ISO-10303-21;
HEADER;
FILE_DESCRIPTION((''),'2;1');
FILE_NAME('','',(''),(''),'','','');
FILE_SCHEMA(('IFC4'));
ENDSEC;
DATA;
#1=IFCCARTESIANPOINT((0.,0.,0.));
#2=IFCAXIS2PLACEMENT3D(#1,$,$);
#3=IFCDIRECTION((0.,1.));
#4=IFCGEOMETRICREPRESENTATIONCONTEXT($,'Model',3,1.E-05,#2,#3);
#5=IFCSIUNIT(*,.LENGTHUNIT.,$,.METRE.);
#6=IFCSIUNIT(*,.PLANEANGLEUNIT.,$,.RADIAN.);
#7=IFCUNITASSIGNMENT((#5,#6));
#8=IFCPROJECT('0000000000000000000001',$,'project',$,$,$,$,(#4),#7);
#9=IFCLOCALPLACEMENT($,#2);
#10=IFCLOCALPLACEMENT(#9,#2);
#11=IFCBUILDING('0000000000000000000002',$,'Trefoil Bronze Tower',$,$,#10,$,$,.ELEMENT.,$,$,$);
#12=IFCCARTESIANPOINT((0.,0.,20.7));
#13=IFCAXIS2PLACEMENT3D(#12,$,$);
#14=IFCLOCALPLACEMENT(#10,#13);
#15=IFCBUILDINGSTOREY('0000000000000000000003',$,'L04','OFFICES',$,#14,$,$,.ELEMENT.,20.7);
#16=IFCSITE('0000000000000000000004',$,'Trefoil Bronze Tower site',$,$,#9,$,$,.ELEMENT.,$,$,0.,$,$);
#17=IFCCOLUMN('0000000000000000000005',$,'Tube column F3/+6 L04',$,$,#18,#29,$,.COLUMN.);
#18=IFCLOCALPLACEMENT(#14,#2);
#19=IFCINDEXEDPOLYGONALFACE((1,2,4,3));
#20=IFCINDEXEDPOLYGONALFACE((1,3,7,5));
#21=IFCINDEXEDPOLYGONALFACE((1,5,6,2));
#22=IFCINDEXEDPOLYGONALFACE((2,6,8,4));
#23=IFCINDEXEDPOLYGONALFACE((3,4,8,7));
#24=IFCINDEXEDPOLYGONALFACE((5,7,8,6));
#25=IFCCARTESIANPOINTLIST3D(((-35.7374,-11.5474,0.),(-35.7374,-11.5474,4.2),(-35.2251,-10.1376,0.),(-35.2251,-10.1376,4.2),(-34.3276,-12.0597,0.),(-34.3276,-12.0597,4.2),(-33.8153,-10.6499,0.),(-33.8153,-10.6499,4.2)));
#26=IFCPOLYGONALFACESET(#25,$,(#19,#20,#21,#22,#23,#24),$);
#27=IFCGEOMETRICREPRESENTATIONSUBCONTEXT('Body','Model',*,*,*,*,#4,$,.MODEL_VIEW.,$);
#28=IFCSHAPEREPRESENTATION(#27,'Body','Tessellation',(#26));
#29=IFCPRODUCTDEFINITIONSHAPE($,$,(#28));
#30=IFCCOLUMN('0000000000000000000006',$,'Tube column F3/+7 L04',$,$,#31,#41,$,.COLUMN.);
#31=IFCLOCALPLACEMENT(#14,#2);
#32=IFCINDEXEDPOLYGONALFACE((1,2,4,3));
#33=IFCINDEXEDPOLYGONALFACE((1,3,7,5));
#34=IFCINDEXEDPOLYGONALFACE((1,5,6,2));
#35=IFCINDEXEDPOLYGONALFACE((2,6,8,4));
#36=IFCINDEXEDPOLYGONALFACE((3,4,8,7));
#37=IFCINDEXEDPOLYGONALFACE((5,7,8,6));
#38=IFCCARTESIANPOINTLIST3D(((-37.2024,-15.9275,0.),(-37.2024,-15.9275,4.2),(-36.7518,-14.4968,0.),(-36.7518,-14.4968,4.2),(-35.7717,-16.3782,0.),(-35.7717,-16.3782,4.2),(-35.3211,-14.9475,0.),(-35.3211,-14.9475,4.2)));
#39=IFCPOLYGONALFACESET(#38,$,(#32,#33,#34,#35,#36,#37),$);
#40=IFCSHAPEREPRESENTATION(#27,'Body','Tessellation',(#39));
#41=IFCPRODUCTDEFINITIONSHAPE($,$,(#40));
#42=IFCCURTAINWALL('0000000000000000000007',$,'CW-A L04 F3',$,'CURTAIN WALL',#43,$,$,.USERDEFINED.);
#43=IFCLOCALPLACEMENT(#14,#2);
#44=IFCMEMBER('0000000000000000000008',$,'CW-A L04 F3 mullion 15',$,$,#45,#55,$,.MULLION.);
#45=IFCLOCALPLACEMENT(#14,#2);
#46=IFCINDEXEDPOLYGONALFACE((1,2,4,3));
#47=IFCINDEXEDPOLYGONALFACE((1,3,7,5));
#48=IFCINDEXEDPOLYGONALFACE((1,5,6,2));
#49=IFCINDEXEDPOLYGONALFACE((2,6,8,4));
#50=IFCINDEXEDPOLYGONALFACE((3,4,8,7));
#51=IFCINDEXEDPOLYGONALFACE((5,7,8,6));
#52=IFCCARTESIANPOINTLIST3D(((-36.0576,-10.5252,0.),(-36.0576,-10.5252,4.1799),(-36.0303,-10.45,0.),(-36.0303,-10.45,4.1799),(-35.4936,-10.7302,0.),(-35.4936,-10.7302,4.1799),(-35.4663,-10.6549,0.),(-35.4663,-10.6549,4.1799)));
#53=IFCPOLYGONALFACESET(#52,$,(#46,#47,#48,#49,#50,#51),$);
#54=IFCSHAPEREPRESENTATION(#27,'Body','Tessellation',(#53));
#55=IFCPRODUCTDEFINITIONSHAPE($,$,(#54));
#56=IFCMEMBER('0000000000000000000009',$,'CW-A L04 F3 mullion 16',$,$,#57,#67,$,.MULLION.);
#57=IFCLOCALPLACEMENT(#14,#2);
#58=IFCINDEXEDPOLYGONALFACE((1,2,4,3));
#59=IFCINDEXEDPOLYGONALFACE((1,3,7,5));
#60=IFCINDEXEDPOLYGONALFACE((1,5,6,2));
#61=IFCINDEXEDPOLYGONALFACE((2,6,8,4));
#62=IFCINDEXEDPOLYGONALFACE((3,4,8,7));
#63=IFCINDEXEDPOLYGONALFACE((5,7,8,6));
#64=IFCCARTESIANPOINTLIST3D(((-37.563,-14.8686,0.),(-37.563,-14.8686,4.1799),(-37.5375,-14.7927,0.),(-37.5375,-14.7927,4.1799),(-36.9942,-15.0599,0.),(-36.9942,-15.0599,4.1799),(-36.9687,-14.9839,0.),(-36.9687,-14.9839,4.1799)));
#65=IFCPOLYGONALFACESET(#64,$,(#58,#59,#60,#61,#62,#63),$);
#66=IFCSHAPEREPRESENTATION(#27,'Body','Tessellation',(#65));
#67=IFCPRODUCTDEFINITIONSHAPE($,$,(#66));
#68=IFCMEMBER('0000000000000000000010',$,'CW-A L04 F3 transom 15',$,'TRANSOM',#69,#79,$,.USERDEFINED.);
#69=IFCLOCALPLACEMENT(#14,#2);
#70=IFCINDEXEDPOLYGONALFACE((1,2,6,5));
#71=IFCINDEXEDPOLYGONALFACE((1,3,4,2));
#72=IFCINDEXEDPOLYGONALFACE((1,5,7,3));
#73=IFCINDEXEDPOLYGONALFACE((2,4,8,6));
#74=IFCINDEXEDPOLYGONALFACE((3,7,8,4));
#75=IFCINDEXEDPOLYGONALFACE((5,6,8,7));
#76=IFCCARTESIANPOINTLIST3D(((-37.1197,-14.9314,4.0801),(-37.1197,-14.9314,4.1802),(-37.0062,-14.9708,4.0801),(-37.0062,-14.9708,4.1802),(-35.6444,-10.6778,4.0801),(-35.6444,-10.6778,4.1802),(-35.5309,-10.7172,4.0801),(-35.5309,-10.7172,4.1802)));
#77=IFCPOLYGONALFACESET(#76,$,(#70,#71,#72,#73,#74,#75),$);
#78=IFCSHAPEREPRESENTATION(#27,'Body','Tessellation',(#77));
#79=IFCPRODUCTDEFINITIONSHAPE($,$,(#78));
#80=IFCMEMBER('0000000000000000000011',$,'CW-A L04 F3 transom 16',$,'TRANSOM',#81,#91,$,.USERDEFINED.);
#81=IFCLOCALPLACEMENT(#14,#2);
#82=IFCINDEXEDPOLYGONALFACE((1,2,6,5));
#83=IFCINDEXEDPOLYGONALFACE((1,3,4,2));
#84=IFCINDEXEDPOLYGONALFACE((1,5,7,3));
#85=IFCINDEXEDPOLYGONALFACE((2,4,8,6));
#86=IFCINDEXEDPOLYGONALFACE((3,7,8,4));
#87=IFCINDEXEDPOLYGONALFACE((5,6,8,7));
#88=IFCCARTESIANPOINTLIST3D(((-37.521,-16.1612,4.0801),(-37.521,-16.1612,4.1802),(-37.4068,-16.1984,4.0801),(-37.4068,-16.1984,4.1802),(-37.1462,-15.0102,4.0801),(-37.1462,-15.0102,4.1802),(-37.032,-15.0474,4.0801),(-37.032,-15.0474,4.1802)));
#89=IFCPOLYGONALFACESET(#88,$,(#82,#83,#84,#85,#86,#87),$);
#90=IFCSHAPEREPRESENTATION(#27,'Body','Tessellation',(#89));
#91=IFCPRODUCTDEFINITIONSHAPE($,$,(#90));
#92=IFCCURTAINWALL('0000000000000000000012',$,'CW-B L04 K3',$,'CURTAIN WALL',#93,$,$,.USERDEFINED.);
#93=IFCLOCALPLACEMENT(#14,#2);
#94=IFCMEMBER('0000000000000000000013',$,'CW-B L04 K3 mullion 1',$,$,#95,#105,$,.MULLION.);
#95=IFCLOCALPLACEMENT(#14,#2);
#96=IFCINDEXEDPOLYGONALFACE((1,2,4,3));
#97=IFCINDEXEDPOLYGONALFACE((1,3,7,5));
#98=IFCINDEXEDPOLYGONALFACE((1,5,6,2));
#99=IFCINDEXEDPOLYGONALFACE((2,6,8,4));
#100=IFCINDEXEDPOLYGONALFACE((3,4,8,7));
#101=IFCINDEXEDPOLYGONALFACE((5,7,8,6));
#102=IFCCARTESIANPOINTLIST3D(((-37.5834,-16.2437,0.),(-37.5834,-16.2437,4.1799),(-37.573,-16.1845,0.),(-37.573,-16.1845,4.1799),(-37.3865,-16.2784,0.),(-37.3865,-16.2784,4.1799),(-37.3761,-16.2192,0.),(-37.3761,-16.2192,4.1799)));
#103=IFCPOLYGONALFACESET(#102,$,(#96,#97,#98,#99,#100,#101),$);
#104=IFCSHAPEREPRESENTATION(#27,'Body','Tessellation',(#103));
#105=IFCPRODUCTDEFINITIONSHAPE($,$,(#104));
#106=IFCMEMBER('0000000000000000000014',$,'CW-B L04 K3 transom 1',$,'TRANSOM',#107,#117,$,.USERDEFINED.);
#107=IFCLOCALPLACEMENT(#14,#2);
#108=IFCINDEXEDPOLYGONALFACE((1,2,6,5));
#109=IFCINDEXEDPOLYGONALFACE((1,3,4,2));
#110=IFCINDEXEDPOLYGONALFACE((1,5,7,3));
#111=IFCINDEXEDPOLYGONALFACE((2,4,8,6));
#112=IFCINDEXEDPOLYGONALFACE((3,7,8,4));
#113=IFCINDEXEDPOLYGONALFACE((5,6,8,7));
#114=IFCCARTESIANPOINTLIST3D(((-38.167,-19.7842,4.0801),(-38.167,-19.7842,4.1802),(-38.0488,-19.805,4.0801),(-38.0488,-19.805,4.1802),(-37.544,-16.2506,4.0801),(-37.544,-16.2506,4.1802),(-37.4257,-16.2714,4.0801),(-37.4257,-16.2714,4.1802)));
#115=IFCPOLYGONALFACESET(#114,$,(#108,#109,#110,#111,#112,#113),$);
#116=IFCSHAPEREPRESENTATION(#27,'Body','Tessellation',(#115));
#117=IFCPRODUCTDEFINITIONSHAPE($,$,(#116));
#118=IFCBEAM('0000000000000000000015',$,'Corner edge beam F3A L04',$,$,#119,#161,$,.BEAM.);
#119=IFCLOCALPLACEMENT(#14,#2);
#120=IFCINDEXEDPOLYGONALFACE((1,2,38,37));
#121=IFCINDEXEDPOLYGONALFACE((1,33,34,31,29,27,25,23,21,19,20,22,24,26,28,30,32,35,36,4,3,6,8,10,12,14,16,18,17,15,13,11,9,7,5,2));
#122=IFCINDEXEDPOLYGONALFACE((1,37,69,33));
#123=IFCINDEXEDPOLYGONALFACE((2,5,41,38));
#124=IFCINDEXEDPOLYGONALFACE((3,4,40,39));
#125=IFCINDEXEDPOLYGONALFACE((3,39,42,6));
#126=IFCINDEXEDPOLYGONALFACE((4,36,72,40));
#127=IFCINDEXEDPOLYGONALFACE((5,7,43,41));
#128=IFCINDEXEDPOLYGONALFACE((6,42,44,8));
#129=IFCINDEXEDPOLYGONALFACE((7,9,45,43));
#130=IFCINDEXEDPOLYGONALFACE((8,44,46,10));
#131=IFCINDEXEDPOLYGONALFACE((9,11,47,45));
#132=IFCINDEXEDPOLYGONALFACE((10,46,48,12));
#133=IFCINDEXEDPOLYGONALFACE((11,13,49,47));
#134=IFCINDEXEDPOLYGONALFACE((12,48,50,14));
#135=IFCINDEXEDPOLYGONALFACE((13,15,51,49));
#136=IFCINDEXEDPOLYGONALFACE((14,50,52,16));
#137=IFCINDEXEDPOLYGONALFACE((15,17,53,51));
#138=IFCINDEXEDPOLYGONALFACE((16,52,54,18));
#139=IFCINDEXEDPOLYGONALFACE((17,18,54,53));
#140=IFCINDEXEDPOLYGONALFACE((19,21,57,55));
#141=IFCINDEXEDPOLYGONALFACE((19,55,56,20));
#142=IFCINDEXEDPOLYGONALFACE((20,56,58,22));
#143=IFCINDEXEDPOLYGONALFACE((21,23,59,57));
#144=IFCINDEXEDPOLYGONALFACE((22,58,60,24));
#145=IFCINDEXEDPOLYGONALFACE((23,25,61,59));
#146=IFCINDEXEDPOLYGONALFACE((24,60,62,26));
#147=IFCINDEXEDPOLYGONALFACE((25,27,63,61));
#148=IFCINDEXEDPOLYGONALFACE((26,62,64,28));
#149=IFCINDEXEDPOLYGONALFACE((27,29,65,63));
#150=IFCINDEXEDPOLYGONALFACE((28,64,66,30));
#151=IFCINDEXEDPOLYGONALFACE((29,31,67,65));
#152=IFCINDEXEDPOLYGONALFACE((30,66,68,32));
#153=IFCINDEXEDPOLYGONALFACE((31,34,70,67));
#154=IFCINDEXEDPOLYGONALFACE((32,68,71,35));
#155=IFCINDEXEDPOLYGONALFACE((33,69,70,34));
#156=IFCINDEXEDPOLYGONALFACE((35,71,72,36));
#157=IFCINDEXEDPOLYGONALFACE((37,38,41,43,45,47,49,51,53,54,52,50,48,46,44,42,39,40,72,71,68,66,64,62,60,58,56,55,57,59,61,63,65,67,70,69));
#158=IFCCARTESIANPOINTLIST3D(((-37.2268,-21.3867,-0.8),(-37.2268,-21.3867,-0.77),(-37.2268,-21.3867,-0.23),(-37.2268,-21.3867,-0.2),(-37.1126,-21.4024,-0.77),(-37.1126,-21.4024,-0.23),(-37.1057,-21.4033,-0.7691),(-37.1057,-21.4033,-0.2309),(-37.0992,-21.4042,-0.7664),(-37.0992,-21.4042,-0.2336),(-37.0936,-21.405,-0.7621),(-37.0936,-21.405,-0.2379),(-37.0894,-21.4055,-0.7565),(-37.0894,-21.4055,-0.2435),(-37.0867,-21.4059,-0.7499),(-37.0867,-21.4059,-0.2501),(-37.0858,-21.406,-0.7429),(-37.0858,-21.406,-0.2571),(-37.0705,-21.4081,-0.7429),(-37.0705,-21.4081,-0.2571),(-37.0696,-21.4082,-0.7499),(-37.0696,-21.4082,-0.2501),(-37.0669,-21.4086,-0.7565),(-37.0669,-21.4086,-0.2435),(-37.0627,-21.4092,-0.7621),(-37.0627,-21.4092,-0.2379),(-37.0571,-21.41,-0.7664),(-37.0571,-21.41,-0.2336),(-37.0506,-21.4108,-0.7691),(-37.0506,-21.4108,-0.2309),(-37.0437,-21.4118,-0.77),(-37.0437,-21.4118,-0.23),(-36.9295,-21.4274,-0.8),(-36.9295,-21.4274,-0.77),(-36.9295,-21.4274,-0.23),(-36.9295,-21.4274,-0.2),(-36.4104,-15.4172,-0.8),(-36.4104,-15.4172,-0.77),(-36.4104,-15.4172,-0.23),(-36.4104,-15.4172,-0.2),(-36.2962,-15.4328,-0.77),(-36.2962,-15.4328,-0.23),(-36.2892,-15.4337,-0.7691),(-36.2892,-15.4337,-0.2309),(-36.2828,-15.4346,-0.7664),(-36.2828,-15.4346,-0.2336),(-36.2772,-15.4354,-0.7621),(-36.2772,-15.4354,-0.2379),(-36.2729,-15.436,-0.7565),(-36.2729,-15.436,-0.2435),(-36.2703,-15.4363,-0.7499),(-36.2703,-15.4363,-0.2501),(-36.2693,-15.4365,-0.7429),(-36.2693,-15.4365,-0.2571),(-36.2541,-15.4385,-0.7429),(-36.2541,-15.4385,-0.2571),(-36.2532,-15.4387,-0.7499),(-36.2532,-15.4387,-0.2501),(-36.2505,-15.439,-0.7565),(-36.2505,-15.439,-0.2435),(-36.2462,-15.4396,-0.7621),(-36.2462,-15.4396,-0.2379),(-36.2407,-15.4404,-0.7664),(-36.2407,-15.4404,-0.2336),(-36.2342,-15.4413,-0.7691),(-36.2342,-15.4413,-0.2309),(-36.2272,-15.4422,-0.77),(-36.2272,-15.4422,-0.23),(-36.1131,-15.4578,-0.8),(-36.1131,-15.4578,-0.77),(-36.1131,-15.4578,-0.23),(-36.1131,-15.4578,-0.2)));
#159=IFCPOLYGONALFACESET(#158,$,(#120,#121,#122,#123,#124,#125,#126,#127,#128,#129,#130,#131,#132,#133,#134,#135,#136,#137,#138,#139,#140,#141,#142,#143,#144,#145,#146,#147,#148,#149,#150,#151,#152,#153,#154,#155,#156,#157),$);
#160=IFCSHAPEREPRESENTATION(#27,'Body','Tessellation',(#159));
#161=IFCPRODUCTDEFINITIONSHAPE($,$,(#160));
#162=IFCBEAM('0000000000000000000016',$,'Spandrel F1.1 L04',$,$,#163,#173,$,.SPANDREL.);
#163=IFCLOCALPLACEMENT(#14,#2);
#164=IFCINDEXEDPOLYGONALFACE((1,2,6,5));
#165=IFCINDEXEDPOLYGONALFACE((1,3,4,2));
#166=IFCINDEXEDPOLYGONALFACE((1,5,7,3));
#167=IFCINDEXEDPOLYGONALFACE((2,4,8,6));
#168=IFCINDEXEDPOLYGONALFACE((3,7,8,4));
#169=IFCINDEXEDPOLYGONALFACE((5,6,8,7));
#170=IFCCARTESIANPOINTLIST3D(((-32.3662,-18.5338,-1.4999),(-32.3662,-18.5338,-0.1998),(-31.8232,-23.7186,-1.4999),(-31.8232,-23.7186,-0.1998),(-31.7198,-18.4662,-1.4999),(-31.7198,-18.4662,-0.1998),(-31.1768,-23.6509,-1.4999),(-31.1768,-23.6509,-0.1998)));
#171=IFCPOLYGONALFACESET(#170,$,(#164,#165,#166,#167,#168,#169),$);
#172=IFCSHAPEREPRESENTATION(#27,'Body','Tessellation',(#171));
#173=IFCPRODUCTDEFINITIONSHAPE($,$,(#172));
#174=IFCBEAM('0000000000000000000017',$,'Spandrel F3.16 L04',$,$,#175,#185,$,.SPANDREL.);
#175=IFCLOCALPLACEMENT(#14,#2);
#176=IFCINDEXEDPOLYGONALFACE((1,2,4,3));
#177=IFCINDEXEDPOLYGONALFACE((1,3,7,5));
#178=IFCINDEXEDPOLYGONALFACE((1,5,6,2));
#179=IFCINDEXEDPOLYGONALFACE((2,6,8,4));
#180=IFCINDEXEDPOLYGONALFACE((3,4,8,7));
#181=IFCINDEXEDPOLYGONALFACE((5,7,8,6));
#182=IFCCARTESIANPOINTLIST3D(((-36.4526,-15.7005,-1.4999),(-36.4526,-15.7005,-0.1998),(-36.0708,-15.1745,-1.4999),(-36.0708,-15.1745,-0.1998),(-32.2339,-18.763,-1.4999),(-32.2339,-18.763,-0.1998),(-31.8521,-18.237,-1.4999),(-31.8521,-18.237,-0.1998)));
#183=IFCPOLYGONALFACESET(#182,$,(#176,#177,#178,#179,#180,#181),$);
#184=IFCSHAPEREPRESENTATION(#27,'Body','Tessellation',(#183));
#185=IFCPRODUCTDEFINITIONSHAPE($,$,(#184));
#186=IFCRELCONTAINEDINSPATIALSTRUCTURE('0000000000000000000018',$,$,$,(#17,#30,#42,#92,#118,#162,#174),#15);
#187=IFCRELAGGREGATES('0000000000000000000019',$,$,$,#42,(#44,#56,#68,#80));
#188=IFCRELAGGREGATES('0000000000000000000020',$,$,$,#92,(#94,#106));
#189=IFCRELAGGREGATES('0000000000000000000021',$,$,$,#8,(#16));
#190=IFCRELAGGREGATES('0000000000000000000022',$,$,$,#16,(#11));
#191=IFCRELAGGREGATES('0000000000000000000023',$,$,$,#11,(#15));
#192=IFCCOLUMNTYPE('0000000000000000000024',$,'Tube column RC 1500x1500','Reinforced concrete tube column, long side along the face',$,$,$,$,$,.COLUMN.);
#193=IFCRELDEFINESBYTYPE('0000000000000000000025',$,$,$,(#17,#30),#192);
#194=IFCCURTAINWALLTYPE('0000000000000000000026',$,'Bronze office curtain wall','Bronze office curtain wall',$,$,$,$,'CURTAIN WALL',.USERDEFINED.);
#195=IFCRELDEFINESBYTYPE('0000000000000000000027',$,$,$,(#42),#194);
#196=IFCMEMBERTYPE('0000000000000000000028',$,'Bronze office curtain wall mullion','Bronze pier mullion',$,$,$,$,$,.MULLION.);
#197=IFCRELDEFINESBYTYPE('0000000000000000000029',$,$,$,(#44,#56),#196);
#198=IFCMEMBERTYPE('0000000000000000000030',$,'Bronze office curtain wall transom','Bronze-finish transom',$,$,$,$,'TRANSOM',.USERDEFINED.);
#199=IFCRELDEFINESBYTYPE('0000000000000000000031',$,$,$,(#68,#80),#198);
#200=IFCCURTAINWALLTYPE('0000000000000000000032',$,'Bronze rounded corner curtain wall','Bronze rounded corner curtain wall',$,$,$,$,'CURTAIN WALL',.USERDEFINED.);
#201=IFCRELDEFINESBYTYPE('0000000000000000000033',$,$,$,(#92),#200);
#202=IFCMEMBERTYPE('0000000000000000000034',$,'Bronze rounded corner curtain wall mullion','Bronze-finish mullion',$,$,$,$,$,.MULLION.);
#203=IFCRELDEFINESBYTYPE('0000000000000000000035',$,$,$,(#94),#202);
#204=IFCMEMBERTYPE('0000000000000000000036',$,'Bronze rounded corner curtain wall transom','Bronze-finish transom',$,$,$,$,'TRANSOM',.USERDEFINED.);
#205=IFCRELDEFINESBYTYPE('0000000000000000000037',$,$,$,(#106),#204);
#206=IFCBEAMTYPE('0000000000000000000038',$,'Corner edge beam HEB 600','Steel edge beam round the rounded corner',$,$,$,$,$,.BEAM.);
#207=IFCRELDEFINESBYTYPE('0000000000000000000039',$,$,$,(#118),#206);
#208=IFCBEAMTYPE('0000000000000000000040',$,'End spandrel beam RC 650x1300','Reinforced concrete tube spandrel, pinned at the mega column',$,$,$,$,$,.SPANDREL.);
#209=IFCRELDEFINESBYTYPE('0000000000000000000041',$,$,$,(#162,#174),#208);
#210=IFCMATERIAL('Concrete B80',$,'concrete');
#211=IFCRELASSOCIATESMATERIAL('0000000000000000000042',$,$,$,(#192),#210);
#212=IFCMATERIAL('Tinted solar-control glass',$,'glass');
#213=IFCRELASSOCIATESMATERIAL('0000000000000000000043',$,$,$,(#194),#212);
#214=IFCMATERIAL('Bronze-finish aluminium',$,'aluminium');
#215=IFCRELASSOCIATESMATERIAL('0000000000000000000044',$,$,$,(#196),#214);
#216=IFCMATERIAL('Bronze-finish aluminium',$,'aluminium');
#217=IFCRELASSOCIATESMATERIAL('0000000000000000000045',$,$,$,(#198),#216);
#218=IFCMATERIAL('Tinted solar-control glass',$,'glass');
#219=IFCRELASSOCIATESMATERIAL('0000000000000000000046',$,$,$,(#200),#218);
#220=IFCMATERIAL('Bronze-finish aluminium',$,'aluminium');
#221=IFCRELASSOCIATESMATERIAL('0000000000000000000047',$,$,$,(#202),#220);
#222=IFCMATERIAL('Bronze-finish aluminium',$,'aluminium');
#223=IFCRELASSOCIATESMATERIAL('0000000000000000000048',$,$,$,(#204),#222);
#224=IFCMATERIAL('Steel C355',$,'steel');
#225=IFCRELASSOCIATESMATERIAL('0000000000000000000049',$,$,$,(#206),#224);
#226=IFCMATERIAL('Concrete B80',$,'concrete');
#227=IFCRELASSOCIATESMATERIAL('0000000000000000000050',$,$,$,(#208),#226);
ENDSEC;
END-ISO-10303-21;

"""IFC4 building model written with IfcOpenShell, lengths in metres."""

from ifc_helpers import new_model, si_unit, direction, frame, origin, origin_2d, place, context, subcontext, project, spatial, rectangle, i_section, extrude, material, material_profile, profile_set, type_object, element, aggregate, save


model = new_model("IFC4")

# Units and contexts
model_context = context("Model", 3, precision=1e-05, world=origin(), true_north=direction((0.0, 1.0)))
body_context = subcontext(model_context, "Body", "Model", "MODEL_VIEW")
ifc_project = project(units=[si_unit("LENGTHUNIT", "METRE"), si_unit("PLANEANGLEUNIT", "RADIAN")], contexts=[model_context])

# Site, building, storey
site_placement = place(None, origin())
site = spatial("IfcSite", under=ifc_project, at=site_placement, Name="Trefoil Bronze Tower site", CompositionType="ELEMENT", RefElevation=0.0)
building_placement = place(site_placement, origin())
building = spatial("IfcBuilding", under=site, at=building_placement, Name="Trefoil Bronze Tower", CompositionType="ELEMENT")
storey_placement = place(building_placement, frame((0.0, 0.0, 20.7)))
storey = spatial("IfcBuildingStorey", under=building, at=storey_placement, Name="L04", Description="OFFICES", CompositionType="ELEMENT", Elevation=20.7)

# Columns
ifc_material_1 = material(Name="Concrete B80", Category="concrete")
ifc_material_profile_1 = material_profile(ifc_material_1, rectangle(XDim=1.5, YDim=1.5, at=origin_2d()), Name="RC 1500x1500")
ifc_profile_set_1 = profile_set([ifc_material_profile_1], Name="Concrete B80")
column_type = type_object("IfcColumnType", Name="Tube column RC 1500x1500", Description="Reinforced concrete tube column, long side along the face", PredefinedType="COLUMN", material=ifc_profile_set_1)
for number, where, z_axis, x_axis, name in (
    (1, (-34.7764, -11.0986, 0.0), (0.0, 0.0, 1.0), (-0.341559, -0.93986, 0.0), "Tube column F3/+6 L04"),
    (2, (-36.2617, -15.4375, 0.0), (0.0, 0.0, 1.0), (-0.300414, -0.953809, 0.0), "Tube column F3/+7 L04"),
):
    element("IfcColumn", number, at=place(storey_placement, frame(where, z_axis=z_axis, x_axis=x_axis)), inside=storey, type_object=column_type, Name=name, PredefinedType="COLUMN", context=body_context, shape_type="SweptSolid", body=[
        extrude(rectangle(XDim=1.5, YDim=1.5, at=origin_2d()), origin(), (0.0, 0.0, 1.0), 4.2),
    ])

# Curtain walls, members
ifc_material_2 = material(Name="Tinted solar-control glass", Category="glass")
curtain_wall_type_1 = type_object("IfcCurtainWallType", Name="Bronze office curtain wall", Description="Bronze office curtain wall", ElementType="CURTAIN WALL", PredefinedType="USERDEFINED", material=ifc_material_2)
curtain_wall_1_placement = place(storey_placement, origin())
curtain_wall_1 = element("IfcCurtainWall", 3, at=curtain_wall_1_placement, inside=storey, type_object=curtain_wall_type_1, Name="CW-A L04 F3", ObjectType="CURTAIN WALL", PredefinedType="USERDEFINED")
ifc_material_3 = material(Name="Bronze-finish aluminium", Category="aluminium")
ifc_material_profile_2 = material_profile(ifc_material_3, rectangle(XDim=0.6001, YDim=0.0801, at=origin_2d()), Name="CW-A mullion")
ifc_profile_set_2 = profile_set([ifc_material_profile_2], Name="Bronze-finish aluminium")
member_type_1 = type_object("IfcMemberType", Name="Bronze office curtain wall mullion", Description="Bronze pier mullion", PredefinedType="MULLION", material=ifc_profile_set_2)
member_1_placement = place(storey_placement, frame((-35.762, -10.5901, 0.0), z_axis=(0.0, 0.0, 1.0), x_axis=(0.93986, -0.341559, 0.0)))
member_1 = element("IfcMember", 4, at=member_1_placement, type_object=member_type_1, Name="CW-A L04 F3 mullion 15", PredefinedType="MULLION", context=body_context, shape_type="SweptSolid", body=[
    extrude(rectangle(XDim=0.6001, YDim=0.0801, at=origin_2d()), origin(), (0.0, 0.0, 1.0), 4.1799),
])
member_2_placement = place(storey_placement, frame((-37.2659, -14.9263, 0.0), z_axis=(0.0, 0.0, 1.0), x_axis=(0.947851, -0.318715, 0.0)))
member_2 = element("IfcMember", 5, at=member_2_placement, type_object=member_type_1, Name="CW-A L04 F3 mullion 16", PredefinedType="MULLION", context=body_context, shape_type="SweptSolid", body=[
    extrude(rectangle(XDim=0.6001, YDim=0.0801, at=origin_2d()), origin(), (0.0, 0.0, 1.0), 4.1799),
])
ifc_material_4 = material(Name="Bronze-finish aluminium", Category="aluminium")
ifc_material_profile_3 = material_profile(ifc_material_4, rectangle(XDim=0.1201, YDim=0.1001, at=origin_2d()), Name="CW-A transom")
ifc_profile_set_3 = profile_set([ifc_material_profile_3], Name="Bronze-finish aluminium")
member_type_2 = type_object("IfcMemberType", Name="Bronze office curtain wall transom", Description="Bronze-finish transom", ElementType="TRANSOM", PredefinedType="USERDEFINED", material=ifc_profile_set_3)
member_3_placement = place(storey_placement, frame((-35.5876, -10.6975, 4.1301), z_axis=(-0.32769, -0.944785, 0.0), x_axis=(0.944785, -0.32769, 0.0)))
member_3 = element("IfcMember", 6, at=member_3_placement, type_object=member_type_2, Name="CW-A L04 F3 transom 15", ObjectType="TRANSOM", PredefinedType="USERDEFINED", context=body_context, shape_type="SweptSolid", body=[
    extrude(rectangle(XDim=0.1201, YDim=0.1001, at=origin_2d()), origin(), (0.0, 0.0, 1.0), 4.5022),
])
member_4_placement = place(storey_placement, frame((-37.0891, -15.0288, 4.1301), z_axis=(-0.309624, -0.950859, 0.0), x_axis=(0.950859, -0.309624, 0.0)))
member_4 = element("IfcMember", 7, at=member_4_placement, type_object=member_type_2, Name="CW-A L04 F3 transom 16", ObjectType="TRANSOM", PredefinedType="USERDEFINED", context=body_context, shape_type="SweptSolid", body=[
    extrude(rectangle(XDim=0.1201, YDim=0.1001, at=origin_2d()), origin(), (0.0, 0.0, 1.0), 1.2104),
])
ifc_material_5 = material(Name="Tinted solar-control glass", Category="glass")
curtain_wall_type_2 = type_object("IfcCurtainWallType", Name="Bronze rounded corner curtain wall", Description="Bronze rounded corner curtain wall", ElementType="CURTAIN WALL", PredefinedType="USERDEFINED", material=ifc_material_5)
curtain_wall_2_placement = place(storey_placement, origin())
curtain_wall_2 = element("IfcCurtainWall", 8, at=curtain_wall_2_placement, inside=storey, type_object=curtain_wall_type_2, Name="CW-B L04 K3", ObjectType="CURTAIN WALL", PredefinedType="USERDEFINED")
ifc_material_6 = material(Name="Bronze-finish aluminium", Category="aluminium")
ifc_material_profile_4 = material_profile(ifc_material_6, rectangle(XDim=0.2, YDim=0.0601, at=origin_2d()), Name="CW-B mullion")
ifc_profile_set_4 = profile_set([ifc_material_profile_4], Name="Bronze-finish aluminium")
member_type_3 = type_object("IfcMemberType", Name="Bronze rounded corner curtain wall mullion", Description="Bronze-finish mullion", PredefinedType="MULLION", material=ifc_profile_set_4)
member_5_placement = place(storey_placement, frame((-37.4797, -16.2314, 0.0), z_axis=(0.0, 0.0, 1.0), x_axis=(0.984808, -0.173648, 0.0)))
member_5 = element("IfcMember", 9, at=member_5_placement, type_object=member_type_3, Name="CW-B L04 K3 mullion 1", PredefinedType="MULLION", context=body_context, shape_type="SweptSolid", body=[
    extrude(rectangle(XDim=0.2, YDim=0.0601, at=origin_2d()), origin(), (0.0, 0.0, 1.0), 4.1799),
])
ifc_material_7 = material(Name="Bronze-finish aluminium", Category="aluminium")
ifc_material_profile_5 = material_profile(ifc_material_7, rectangle(XDim=0.1201, YDim=0.1001, at=origin_2d()), Name="CW-B transom")
ifc_profile_set_5 = profile_set([ifc_material_profile_5], Name="Bronze-finish aluminium")
member_type_4 = type_object("IfcMemberType", Name="Bronze rounded corner curtain wall transom", Description="Bronze-finish transom", ElementType="TRANSOM", PredefinedType="USERDEFINED", material=ifc_profile_set_5)
member_6_placement = place(storey_placement, frame((-37.4849, -16.261, 4.1301), z_axis=(-0.173638, -0.98481, 0.0), x_axis=(0.98481, -0.173638, 0.0)))
member_6 = element("IfcMember", 10, at=member_6_placement, type_object=member_type_4, Name="CW-B L04 K3 transom 1", ObjectType="TRANSOM", PredefinedType="USERDEFINED", context=body_context, shape_type="SweptSolid", body=[
    extrude(rectangle(XDim=0.1201, YDim=0.1001, at=origin_2d()), origin(), (0.0, 0.0, 1.0), 3.5881),
])

# Beams
ifc_material_8 = material(Name="Steel C355", Category="steel")
ifc_material_profile_6 = material_profile(ifc_material_8, i_section(OverallWidth=0.3, OverallDepth=0.6001, WebThickness=0.0154, FlangeThickness=0.03, FilletRadius=0.0271, at=origin_2d()), Name="HEB 600")
ifc_profile_set_6 = profile_set([ifc_material_profile_6], Name="Steel C355")
beam_type_1 = type_object("IfcBeamType", Name="Corner edge beam HEB 600", Description="Steel edge beam round the rounded corner", PredefinedType="BEAM", material=ifc_profile_set_6)
beam_1_placement = place(storey_placement, frame((-36.2617, -15.4375, -0.5), z_axis=(-0.135502, -0.990777, 0.0), x_axis=(0.990777, -0.135502, 0.0)))
element("IfcBeam", 11, at=beam_1_placement, inside=storey, type_object=beam_type_1, Name="Corner edge beam F3A L04", PredefinedType="BEAM", context=body_context, shape_type="SweptSolid", body=[
    extrude(i_section(OverallWidth=0.3, OverallDepth=0.6001, WebThickness=0.0154, FlangeThickness=0.03, FilletRadius=0.0271, at=origin_2d()), origin(), (0.0, 0.0, 1.0), 6.0251),
])
ifc_material_9 = material(Name="Concrete B80", Category="concrete")
ifc_material_profile_7 = material_profile(ifc_material_9, rectangle(XDim=0.6499, YDim=1.3, at=origin_2d()), Name="RC 650x1300")
ifc_profile_set_7 = profile_set([ifc_material_profile_7], Name="Concrete B80")
beam_type_2 = type_object("IfcBeamType", Name="End spandrel beam RC 650x1300", Description="Reinforced concrete tube spandrel, pinned at the mega column", PredefinedType="SPANDREL", material=ifc_profile_set_7)
for number, where, z_axis, x_axis, name in (
    (12, (-32.043, -18.5, -0.8499), (0.104153, -0.994561, 0.0), (0.994561, 0.104153, 0.0), "Spandrel F1.1 L04"),
    (13, (-36.2617, -15.4375, -0.8499), (0.809254, -0.587459, 0.0), (0.587459, 0.809254, 0.0), "Spandrel F3.16 L04"),
):
    element("IfcBeam", number, at=place(storey_placement, frame(where, z_axis=z_axis, x_axis=x_axis)), inside=storey, type_object=beam_type_2, Name=name, PredefinedType="SPANDREL", context=body_context, shape_type="SweptSolid", body=[
        extrude(rectangle(XDim=0.6499, YDim=1.3, at=origin_2d()), origin(), (0.0, 0.0, 1.0), 5.2131),
    ])

aggregate(curtain_wall_1, [member_1, member_2, member_3, member_4])
aggregate(curtain_wall_2, [member_5, member_6])

save(model, "model.ifc")
